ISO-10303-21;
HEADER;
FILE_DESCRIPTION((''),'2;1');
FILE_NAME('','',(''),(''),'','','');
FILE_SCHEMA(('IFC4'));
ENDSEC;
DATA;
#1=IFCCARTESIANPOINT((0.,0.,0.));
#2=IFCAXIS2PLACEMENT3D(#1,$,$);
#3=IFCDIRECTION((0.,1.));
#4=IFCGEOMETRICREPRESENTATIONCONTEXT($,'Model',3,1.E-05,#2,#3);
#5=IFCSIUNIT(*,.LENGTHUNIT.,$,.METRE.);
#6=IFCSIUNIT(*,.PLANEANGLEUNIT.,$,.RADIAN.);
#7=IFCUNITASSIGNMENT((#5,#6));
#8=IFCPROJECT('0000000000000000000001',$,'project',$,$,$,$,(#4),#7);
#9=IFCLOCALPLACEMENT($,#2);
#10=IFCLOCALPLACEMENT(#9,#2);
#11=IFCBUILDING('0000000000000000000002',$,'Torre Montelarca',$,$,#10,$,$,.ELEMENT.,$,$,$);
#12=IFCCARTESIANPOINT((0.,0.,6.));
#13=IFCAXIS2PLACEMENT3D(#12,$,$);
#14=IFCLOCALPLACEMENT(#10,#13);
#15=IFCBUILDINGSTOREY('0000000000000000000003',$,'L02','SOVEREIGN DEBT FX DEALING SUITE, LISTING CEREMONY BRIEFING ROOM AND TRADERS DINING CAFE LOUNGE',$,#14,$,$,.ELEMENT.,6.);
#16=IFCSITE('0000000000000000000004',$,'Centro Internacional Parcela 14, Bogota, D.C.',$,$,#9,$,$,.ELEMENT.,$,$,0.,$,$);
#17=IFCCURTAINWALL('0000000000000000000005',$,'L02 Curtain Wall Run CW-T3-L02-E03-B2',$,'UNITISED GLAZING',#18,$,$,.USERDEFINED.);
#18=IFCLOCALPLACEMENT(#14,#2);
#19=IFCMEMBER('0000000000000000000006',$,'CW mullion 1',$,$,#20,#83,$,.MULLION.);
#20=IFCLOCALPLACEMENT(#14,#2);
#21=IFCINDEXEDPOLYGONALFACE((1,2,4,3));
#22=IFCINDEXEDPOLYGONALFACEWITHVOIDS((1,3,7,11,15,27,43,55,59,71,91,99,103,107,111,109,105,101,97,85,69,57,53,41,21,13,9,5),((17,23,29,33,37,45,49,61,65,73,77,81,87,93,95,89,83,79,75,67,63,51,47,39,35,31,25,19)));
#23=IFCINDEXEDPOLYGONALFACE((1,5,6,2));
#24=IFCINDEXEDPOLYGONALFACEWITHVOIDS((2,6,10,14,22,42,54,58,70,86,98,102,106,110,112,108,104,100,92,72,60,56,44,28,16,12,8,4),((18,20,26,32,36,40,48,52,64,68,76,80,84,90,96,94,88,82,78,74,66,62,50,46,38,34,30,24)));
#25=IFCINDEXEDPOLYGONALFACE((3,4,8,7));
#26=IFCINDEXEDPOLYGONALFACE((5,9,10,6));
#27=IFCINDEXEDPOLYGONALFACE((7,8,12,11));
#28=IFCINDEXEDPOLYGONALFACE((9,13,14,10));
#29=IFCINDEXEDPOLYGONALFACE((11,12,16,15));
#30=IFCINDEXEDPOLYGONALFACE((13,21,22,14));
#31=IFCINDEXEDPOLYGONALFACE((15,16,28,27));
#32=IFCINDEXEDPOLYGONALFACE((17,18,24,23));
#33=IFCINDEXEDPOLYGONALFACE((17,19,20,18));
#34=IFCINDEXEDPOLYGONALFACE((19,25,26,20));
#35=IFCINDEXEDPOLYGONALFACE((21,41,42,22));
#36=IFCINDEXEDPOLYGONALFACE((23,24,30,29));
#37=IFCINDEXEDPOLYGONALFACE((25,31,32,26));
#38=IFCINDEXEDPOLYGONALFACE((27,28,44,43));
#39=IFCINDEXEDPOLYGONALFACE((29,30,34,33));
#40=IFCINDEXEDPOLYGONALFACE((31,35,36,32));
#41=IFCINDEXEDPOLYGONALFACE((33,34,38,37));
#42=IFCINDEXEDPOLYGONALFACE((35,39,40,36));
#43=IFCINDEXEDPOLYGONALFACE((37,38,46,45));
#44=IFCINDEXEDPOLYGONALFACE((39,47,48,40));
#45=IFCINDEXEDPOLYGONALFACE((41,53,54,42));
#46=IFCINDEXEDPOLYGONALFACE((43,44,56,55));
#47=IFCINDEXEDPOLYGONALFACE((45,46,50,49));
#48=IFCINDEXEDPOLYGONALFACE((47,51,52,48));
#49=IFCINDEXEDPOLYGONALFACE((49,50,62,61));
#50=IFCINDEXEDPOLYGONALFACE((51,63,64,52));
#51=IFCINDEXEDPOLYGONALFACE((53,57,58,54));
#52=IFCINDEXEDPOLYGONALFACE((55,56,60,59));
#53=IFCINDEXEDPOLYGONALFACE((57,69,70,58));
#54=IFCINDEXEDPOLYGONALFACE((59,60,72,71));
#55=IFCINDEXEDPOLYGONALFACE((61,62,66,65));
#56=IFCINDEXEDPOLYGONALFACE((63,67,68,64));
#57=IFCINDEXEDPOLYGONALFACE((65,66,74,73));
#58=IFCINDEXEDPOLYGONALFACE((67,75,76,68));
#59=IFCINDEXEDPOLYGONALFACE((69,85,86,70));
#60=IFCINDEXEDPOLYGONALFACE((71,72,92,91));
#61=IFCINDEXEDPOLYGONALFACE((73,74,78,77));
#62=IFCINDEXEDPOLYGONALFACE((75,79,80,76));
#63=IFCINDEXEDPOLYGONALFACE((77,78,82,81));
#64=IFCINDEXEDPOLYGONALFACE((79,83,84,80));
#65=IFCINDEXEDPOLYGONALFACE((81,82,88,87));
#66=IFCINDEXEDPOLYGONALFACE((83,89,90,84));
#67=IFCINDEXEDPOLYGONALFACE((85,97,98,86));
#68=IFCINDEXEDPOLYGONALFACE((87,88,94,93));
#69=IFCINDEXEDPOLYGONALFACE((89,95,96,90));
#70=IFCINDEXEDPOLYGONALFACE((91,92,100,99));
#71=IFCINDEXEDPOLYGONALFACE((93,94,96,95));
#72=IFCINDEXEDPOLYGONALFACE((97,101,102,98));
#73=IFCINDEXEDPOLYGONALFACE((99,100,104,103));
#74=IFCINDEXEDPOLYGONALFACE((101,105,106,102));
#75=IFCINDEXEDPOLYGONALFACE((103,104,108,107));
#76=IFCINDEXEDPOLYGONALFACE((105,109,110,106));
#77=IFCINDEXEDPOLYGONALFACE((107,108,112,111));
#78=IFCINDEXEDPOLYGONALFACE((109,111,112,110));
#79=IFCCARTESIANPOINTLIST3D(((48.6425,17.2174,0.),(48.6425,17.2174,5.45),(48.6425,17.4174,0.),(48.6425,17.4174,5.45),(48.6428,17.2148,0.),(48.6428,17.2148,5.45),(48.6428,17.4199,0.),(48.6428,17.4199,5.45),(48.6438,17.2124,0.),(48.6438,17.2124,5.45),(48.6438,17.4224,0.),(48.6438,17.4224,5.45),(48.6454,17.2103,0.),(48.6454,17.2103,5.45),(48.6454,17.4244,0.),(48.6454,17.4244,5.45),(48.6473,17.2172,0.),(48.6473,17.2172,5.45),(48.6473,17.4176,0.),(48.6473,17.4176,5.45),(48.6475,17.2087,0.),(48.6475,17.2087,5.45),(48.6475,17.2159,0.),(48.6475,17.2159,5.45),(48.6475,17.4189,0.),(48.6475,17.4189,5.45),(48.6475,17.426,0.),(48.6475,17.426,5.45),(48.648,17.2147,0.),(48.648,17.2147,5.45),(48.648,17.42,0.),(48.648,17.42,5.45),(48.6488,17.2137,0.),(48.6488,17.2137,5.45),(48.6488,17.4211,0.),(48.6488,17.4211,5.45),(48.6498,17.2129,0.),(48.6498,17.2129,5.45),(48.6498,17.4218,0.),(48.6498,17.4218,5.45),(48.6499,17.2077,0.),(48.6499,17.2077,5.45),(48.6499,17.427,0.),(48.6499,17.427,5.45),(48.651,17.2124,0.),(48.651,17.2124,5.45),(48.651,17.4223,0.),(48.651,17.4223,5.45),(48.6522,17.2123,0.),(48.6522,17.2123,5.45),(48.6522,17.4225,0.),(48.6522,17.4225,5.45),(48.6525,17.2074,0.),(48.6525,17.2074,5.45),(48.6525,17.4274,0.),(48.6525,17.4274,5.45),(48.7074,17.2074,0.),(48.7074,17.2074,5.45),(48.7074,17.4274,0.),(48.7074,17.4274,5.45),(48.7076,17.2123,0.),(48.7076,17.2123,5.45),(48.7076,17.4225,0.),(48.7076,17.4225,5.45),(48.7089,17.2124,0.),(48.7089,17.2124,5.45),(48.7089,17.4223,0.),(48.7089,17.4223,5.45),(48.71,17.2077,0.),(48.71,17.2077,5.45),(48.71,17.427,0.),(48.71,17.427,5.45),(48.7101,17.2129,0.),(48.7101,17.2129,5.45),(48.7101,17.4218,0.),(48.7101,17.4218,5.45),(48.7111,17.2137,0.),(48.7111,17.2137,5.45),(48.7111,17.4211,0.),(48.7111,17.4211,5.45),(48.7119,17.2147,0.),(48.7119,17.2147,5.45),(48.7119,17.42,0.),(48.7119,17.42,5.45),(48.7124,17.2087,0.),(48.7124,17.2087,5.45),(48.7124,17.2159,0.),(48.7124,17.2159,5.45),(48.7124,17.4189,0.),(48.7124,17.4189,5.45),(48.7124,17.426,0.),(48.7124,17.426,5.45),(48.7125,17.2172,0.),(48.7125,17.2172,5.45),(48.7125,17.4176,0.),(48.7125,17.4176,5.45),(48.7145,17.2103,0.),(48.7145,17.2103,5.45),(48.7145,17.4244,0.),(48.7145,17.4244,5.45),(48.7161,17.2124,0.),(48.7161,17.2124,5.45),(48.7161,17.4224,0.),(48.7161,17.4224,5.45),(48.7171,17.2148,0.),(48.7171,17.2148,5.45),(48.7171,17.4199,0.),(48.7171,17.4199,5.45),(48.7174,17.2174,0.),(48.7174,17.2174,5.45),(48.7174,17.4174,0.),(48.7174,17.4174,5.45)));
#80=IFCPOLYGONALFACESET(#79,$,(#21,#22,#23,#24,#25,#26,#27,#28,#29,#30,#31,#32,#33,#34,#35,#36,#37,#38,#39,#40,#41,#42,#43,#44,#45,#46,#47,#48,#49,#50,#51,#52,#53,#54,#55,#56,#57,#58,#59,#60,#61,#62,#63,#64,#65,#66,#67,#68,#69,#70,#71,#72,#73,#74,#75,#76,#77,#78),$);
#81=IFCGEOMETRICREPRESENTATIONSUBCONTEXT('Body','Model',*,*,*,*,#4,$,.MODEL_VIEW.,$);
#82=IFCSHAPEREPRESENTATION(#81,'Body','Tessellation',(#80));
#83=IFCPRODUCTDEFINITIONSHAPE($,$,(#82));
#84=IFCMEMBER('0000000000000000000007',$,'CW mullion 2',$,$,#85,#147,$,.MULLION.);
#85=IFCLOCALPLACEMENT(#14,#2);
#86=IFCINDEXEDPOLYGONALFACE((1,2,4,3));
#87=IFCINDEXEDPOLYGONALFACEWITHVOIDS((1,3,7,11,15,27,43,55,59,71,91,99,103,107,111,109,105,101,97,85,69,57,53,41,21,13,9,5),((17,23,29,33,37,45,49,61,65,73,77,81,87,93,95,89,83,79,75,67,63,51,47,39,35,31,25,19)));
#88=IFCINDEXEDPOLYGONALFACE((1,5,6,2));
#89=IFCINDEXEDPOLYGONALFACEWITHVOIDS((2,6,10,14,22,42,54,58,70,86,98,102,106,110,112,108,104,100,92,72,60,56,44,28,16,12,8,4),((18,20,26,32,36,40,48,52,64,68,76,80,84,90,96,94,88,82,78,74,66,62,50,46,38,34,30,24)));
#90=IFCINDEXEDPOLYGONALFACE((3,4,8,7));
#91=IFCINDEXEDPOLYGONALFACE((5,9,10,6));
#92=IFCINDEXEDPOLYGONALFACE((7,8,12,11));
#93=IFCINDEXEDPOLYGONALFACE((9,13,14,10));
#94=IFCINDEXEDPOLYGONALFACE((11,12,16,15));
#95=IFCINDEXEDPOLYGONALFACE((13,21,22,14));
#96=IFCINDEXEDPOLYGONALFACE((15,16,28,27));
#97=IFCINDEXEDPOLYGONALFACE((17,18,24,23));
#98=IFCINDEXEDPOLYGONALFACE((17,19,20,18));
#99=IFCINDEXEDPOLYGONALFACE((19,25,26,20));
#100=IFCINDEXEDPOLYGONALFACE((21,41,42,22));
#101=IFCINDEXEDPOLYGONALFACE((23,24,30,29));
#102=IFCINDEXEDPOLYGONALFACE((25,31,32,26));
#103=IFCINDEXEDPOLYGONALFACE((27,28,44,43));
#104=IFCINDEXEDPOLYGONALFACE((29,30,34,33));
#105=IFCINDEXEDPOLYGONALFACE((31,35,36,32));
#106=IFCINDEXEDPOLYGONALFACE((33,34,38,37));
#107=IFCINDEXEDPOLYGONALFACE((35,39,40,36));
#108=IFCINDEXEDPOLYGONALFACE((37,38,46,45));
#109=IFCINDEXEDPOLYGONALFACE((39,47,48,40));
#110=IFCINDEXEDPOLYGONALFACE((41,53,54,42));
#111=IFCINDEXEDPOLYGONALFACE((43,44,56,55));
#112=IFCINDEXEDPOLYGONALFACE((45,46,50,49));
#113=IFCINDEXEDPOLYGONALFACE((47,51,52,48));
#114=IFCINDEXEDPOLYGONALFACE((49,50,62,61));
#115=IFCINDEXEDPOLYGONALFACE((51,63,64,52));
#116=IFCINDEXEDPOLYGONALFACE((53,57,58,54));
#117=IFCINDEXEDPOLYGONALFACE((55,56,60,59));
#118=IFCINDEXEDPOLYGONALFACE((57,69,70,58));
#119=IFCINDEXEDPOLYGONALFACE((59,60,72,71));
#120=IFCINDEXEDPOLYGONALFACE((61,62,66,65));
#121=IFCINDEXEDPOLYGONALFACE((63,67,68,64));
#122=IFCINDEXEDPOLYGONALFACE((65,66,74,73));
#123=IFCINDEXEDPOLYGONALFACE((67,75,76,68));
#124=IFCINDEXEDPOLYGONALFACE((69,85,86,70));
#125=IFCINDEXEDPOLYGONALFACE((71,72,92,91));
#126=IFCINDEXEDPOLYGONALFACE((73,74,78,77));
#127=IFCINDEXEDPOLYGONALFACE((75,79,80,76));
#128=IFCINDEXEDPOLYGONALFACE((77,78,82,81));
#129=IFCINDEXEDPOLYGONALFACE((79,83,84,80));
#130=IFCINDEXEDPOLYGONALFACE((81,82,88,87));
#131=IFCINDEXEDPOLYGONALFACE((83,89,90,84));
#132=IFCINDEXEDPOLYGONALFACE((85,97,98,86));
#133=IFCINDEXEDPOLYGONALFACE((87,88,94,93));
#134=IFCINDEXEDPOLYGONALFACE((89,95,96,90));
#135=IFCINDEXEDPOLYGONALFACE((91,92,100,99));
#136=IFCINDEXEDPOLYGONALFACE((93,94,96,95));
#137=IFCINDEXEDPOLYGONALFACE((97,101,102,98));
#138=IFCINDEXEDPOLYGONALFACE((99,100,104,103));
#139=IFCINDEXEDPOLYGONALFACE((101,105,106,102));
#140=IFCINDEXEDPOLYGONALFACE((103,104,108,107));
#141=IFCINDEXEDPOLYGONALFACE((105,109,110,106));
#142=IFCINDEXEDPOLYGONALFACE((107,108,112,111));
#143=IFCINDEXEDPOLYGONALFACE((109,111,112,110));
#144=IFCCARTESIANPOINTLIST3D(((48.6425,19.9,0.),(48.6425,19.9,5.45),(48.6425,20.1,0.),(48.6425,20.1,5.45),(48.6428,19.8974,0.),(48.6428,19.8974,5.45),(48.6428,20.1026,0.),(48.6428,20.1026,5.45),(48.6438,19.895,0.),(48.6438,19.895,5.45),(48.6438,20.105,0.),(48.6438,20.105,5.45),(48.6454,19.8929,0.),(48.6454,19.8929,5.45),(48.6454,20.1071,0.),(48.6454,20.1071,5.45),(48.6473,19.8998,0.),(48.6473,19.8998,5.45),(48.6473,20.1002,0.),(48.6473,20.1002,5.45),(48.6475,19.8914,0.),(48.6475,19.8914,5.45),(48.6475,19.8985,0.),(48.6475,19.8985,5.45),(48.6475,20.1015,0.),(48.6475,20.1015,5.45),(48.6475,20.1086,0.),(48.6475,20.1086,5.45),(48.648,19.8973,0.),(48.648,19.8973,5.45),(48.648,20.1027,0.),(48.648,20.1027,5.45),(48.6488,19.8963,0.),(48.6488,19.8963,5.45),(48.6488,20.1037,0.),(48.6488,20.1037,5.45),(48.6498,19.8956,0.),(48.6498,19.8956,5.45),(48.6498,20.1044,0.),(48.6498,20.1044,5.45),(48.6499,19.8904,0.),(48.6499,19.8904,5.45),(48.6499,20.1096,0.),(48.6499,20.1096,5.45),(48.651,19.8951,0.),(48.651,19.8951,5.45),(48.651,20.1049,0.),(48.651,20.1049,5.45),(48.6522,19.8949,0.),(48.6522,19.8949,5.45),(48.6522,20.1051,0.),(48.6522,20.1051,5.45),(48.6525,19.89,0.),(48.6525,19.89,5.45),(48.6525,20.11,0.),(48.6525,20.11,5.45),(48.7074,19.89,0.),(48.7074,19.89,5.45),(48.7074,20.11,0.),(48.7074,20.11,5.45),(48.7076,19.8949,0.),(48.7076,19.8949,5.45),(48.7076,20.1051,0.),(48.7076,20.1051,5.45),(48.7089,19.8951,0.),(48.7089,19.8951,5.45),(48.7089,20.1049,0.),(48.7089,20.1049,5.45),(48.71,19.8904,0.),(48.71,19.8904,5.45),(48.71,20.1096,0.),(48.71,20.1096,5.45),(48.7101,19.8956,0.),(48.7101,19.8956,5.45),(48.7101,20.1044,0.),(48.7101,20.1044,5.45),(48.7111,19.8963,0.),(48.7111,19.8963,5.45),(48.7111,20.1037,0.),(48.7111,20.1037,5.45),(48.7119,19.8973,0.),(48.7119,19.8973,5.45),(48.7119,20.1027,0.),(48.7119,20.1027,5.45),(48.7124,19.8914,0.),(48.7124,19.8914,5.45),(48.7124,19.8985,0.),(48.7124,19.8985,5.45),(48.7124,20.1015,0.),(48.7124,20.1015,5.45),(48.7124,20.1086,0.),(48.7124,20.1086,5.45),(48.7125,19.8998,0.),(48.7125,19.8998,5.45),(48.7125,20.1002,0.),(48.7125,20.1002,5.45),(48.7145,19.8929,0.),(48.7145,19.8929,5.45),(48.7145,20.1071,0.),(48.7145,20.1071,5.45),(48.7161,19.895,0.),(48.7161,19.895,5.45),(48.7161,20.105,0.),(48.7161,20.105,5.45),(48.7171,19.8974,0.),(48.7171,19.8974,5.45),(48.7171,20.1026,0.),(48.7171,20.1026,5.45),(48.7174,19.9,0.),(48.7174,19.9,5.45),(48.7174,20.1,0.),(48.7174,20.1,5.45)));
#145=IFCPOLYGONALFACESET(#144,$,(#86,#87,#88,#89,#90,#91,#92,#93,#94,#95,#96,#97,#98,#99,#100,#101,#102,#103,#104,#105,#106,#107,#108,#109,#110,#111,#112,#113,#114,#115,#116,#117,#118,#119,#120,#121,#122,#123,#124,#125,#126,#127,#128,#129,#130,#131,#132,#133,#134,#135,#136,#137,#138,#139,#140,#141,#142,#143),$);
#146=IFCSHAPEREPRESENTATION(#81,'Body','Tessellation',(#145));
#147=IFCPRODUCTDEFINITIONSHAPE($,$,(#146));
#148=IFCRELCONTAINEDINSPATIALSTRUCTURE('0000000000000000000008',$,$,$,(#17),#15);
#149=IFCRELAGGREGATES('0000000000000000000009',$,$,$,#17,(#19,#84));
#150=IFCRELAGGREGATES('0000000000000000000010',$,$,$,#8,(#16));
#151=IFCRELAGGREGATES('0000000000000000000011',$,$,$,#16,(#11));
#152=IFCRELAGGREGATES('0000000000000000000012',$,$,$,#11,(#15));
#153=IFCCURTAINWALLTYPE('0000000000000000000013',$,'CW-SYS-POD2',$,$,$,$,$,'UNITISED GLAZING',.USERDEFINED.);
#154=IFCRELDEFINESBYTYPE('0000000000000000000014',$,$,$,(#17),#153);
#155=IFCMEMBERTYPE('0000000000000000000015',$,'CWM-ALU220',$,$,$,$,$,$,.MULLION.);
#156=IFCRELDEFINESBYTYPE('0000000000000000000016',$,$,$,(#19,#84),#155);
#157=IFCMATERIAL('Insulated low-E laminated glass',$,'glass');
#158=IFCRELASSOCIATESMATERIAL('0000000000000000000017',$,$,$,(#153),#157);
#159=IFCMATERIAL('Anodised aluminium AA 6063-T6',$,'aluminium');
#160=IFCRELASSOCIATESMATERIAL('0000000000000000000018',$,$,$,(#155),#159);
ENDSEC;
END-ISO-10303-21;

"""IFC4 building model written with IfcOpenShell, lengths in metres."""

from ifc_helpers import new_model, si_unit, direction, frame, origin, origin_2d, place, context, subcontext, project, spatial, hollow_rectangle, extrude, source, transform, mapped, material, material_profile, profile_set, type_object, element, aggregate, save


model = new_model("IFC4")

# Units and contexts
model_context = context("Model", 3, precision=1e-05, world=origin(), true_north=direction((0.0, 1.0)))
body_context = subcontext(model_context, "Body", "Model", "MODEL_VIEW")
ifc_project = project(units=[si_unit("LENGTHUNIT", "METRE"), si_unit("PLANEANGLEUNIT", "RADIAN")], contexts=[model_context])

# Site, building, storey
site_placement = place(None, origin())
site = spatial("IfcSite", under=ifc_project, at=site_placement, Name="Centro Internacional Parcela 14, Bogota, D.C.", CompositionType="ELEMENT", RefElevation=0.0)
building_placement = place(site_placement, origin())
building = spatial("IfcBuilding", under=site, at=building_placement, Name="Torre Montelarca", CompositionType="ELEMENT")
storey_placement = place(building_placement, frame((0.0, 0.0, 6.0)))
storey = spatial("IfcBuildingStorey", under=building, at=storey_placement, Name="L02", Description="SOVEREIGN DEBT FX DEALING SUITE, LISTING CEREMONY BRIEFING ROOM AND TRADERS DINING CAFE LOUNGE", CompositionType="ELEMENT", Elevation=6.0)

# Shared definitions
ifc_material_1 = material(Name="Insulated low-E laminated glass", Category="glass")
curtain_wall_type = type_object("IfcCurtainWallType", Name="CW-SYS-POD2", ElementType="UNITISED GLAZING", PredefinedType="USERDEFINED", material=ifc_material_1)
ifc_material_2 = material(Name="Anodised aluminium AA 6063-T6", Category="aluminium")
ifc_material_profile_1 = material_profile(ifc_material_2, hollow_rectangle(XDim=0.075, YDim=0.22, WallThickness=0.0049, InnerFilletRadius=0.0049, OuterFilletRadius=0.01, at=origin_2d()), Name="ALU75X220X5", Category="aluminium")
ifc_profile_set_1 = profile_set([ifc_material_profile_1], Name="Anodised aluminium AA 6063-T6")
member_type_1 = type_object("IfcMemberType", Name="CWM-ALU220", PredefinedType="MULLION", material=ifc_profile_set_1)
shared_shape_1 = source(origin(), body_context, "Body", "SweptSolid", [
    extrude(hollow_rectangle(XDim=0.075, YDim=0.22, WallThickness=0.0049, InnerFilletRadius=0.0049, OuterFilletRadius=0.01, at=origin_2d()), origin(), (0.0, 0.0, 1.0), 5.45),
])

# Curtain wall, members
curtain_wall_1_placement = place(storey_placement, origin())
curtain_wall_1 = element("IfcCurtainWall", 1, at=curtain_wall_1_placement, inside=storey, type_object=curtain_wall_type, Name="L02 Curtain Wall Run CW-T3-L02-E03-B2", ObjectType="UNITISED GLAZING", PredefinedType="USERDEFINED")
member_1_placement = place(storey_placement, frame((48.6799, 17.3174, 0.0), z_axis=(0.0, 0.0, 1.0), x_axis=(-1.0, 0.0, 0.0)))
member_1 = element("IfcMember", 2, at=member_1_placement, type_object=member_type_1, Name="CW mullion 1", PredefinedType="MULLION", context=body_context, shape_type="MappedRepresentation", body=[
    mapped(shared_shape_1, transform((0.0, 0.0, 0.0), scale=1.0)),
])
member_2_placement = place(storey_placement, frame((48.6799, 20.0, 0.0), z_axis=(0.0, 0.0, 1.0), x_axis=(-1.0, 0.0, 0.0)))
member_2 = element("IfcMember", 3, at=member_2_placement, type_object=member_type_1, Name="CW mullion 2", PredefinedType="MULLION", context=body_context, shape_type="MappedRepresentation", body=[
    mapped(shared_shape_1, transform((0.0, 0.0, 0.0), scale=1.0)),
])

aggregate(curtain_wall_1, [member_1, member_2])

save(model, "model.ifc")
